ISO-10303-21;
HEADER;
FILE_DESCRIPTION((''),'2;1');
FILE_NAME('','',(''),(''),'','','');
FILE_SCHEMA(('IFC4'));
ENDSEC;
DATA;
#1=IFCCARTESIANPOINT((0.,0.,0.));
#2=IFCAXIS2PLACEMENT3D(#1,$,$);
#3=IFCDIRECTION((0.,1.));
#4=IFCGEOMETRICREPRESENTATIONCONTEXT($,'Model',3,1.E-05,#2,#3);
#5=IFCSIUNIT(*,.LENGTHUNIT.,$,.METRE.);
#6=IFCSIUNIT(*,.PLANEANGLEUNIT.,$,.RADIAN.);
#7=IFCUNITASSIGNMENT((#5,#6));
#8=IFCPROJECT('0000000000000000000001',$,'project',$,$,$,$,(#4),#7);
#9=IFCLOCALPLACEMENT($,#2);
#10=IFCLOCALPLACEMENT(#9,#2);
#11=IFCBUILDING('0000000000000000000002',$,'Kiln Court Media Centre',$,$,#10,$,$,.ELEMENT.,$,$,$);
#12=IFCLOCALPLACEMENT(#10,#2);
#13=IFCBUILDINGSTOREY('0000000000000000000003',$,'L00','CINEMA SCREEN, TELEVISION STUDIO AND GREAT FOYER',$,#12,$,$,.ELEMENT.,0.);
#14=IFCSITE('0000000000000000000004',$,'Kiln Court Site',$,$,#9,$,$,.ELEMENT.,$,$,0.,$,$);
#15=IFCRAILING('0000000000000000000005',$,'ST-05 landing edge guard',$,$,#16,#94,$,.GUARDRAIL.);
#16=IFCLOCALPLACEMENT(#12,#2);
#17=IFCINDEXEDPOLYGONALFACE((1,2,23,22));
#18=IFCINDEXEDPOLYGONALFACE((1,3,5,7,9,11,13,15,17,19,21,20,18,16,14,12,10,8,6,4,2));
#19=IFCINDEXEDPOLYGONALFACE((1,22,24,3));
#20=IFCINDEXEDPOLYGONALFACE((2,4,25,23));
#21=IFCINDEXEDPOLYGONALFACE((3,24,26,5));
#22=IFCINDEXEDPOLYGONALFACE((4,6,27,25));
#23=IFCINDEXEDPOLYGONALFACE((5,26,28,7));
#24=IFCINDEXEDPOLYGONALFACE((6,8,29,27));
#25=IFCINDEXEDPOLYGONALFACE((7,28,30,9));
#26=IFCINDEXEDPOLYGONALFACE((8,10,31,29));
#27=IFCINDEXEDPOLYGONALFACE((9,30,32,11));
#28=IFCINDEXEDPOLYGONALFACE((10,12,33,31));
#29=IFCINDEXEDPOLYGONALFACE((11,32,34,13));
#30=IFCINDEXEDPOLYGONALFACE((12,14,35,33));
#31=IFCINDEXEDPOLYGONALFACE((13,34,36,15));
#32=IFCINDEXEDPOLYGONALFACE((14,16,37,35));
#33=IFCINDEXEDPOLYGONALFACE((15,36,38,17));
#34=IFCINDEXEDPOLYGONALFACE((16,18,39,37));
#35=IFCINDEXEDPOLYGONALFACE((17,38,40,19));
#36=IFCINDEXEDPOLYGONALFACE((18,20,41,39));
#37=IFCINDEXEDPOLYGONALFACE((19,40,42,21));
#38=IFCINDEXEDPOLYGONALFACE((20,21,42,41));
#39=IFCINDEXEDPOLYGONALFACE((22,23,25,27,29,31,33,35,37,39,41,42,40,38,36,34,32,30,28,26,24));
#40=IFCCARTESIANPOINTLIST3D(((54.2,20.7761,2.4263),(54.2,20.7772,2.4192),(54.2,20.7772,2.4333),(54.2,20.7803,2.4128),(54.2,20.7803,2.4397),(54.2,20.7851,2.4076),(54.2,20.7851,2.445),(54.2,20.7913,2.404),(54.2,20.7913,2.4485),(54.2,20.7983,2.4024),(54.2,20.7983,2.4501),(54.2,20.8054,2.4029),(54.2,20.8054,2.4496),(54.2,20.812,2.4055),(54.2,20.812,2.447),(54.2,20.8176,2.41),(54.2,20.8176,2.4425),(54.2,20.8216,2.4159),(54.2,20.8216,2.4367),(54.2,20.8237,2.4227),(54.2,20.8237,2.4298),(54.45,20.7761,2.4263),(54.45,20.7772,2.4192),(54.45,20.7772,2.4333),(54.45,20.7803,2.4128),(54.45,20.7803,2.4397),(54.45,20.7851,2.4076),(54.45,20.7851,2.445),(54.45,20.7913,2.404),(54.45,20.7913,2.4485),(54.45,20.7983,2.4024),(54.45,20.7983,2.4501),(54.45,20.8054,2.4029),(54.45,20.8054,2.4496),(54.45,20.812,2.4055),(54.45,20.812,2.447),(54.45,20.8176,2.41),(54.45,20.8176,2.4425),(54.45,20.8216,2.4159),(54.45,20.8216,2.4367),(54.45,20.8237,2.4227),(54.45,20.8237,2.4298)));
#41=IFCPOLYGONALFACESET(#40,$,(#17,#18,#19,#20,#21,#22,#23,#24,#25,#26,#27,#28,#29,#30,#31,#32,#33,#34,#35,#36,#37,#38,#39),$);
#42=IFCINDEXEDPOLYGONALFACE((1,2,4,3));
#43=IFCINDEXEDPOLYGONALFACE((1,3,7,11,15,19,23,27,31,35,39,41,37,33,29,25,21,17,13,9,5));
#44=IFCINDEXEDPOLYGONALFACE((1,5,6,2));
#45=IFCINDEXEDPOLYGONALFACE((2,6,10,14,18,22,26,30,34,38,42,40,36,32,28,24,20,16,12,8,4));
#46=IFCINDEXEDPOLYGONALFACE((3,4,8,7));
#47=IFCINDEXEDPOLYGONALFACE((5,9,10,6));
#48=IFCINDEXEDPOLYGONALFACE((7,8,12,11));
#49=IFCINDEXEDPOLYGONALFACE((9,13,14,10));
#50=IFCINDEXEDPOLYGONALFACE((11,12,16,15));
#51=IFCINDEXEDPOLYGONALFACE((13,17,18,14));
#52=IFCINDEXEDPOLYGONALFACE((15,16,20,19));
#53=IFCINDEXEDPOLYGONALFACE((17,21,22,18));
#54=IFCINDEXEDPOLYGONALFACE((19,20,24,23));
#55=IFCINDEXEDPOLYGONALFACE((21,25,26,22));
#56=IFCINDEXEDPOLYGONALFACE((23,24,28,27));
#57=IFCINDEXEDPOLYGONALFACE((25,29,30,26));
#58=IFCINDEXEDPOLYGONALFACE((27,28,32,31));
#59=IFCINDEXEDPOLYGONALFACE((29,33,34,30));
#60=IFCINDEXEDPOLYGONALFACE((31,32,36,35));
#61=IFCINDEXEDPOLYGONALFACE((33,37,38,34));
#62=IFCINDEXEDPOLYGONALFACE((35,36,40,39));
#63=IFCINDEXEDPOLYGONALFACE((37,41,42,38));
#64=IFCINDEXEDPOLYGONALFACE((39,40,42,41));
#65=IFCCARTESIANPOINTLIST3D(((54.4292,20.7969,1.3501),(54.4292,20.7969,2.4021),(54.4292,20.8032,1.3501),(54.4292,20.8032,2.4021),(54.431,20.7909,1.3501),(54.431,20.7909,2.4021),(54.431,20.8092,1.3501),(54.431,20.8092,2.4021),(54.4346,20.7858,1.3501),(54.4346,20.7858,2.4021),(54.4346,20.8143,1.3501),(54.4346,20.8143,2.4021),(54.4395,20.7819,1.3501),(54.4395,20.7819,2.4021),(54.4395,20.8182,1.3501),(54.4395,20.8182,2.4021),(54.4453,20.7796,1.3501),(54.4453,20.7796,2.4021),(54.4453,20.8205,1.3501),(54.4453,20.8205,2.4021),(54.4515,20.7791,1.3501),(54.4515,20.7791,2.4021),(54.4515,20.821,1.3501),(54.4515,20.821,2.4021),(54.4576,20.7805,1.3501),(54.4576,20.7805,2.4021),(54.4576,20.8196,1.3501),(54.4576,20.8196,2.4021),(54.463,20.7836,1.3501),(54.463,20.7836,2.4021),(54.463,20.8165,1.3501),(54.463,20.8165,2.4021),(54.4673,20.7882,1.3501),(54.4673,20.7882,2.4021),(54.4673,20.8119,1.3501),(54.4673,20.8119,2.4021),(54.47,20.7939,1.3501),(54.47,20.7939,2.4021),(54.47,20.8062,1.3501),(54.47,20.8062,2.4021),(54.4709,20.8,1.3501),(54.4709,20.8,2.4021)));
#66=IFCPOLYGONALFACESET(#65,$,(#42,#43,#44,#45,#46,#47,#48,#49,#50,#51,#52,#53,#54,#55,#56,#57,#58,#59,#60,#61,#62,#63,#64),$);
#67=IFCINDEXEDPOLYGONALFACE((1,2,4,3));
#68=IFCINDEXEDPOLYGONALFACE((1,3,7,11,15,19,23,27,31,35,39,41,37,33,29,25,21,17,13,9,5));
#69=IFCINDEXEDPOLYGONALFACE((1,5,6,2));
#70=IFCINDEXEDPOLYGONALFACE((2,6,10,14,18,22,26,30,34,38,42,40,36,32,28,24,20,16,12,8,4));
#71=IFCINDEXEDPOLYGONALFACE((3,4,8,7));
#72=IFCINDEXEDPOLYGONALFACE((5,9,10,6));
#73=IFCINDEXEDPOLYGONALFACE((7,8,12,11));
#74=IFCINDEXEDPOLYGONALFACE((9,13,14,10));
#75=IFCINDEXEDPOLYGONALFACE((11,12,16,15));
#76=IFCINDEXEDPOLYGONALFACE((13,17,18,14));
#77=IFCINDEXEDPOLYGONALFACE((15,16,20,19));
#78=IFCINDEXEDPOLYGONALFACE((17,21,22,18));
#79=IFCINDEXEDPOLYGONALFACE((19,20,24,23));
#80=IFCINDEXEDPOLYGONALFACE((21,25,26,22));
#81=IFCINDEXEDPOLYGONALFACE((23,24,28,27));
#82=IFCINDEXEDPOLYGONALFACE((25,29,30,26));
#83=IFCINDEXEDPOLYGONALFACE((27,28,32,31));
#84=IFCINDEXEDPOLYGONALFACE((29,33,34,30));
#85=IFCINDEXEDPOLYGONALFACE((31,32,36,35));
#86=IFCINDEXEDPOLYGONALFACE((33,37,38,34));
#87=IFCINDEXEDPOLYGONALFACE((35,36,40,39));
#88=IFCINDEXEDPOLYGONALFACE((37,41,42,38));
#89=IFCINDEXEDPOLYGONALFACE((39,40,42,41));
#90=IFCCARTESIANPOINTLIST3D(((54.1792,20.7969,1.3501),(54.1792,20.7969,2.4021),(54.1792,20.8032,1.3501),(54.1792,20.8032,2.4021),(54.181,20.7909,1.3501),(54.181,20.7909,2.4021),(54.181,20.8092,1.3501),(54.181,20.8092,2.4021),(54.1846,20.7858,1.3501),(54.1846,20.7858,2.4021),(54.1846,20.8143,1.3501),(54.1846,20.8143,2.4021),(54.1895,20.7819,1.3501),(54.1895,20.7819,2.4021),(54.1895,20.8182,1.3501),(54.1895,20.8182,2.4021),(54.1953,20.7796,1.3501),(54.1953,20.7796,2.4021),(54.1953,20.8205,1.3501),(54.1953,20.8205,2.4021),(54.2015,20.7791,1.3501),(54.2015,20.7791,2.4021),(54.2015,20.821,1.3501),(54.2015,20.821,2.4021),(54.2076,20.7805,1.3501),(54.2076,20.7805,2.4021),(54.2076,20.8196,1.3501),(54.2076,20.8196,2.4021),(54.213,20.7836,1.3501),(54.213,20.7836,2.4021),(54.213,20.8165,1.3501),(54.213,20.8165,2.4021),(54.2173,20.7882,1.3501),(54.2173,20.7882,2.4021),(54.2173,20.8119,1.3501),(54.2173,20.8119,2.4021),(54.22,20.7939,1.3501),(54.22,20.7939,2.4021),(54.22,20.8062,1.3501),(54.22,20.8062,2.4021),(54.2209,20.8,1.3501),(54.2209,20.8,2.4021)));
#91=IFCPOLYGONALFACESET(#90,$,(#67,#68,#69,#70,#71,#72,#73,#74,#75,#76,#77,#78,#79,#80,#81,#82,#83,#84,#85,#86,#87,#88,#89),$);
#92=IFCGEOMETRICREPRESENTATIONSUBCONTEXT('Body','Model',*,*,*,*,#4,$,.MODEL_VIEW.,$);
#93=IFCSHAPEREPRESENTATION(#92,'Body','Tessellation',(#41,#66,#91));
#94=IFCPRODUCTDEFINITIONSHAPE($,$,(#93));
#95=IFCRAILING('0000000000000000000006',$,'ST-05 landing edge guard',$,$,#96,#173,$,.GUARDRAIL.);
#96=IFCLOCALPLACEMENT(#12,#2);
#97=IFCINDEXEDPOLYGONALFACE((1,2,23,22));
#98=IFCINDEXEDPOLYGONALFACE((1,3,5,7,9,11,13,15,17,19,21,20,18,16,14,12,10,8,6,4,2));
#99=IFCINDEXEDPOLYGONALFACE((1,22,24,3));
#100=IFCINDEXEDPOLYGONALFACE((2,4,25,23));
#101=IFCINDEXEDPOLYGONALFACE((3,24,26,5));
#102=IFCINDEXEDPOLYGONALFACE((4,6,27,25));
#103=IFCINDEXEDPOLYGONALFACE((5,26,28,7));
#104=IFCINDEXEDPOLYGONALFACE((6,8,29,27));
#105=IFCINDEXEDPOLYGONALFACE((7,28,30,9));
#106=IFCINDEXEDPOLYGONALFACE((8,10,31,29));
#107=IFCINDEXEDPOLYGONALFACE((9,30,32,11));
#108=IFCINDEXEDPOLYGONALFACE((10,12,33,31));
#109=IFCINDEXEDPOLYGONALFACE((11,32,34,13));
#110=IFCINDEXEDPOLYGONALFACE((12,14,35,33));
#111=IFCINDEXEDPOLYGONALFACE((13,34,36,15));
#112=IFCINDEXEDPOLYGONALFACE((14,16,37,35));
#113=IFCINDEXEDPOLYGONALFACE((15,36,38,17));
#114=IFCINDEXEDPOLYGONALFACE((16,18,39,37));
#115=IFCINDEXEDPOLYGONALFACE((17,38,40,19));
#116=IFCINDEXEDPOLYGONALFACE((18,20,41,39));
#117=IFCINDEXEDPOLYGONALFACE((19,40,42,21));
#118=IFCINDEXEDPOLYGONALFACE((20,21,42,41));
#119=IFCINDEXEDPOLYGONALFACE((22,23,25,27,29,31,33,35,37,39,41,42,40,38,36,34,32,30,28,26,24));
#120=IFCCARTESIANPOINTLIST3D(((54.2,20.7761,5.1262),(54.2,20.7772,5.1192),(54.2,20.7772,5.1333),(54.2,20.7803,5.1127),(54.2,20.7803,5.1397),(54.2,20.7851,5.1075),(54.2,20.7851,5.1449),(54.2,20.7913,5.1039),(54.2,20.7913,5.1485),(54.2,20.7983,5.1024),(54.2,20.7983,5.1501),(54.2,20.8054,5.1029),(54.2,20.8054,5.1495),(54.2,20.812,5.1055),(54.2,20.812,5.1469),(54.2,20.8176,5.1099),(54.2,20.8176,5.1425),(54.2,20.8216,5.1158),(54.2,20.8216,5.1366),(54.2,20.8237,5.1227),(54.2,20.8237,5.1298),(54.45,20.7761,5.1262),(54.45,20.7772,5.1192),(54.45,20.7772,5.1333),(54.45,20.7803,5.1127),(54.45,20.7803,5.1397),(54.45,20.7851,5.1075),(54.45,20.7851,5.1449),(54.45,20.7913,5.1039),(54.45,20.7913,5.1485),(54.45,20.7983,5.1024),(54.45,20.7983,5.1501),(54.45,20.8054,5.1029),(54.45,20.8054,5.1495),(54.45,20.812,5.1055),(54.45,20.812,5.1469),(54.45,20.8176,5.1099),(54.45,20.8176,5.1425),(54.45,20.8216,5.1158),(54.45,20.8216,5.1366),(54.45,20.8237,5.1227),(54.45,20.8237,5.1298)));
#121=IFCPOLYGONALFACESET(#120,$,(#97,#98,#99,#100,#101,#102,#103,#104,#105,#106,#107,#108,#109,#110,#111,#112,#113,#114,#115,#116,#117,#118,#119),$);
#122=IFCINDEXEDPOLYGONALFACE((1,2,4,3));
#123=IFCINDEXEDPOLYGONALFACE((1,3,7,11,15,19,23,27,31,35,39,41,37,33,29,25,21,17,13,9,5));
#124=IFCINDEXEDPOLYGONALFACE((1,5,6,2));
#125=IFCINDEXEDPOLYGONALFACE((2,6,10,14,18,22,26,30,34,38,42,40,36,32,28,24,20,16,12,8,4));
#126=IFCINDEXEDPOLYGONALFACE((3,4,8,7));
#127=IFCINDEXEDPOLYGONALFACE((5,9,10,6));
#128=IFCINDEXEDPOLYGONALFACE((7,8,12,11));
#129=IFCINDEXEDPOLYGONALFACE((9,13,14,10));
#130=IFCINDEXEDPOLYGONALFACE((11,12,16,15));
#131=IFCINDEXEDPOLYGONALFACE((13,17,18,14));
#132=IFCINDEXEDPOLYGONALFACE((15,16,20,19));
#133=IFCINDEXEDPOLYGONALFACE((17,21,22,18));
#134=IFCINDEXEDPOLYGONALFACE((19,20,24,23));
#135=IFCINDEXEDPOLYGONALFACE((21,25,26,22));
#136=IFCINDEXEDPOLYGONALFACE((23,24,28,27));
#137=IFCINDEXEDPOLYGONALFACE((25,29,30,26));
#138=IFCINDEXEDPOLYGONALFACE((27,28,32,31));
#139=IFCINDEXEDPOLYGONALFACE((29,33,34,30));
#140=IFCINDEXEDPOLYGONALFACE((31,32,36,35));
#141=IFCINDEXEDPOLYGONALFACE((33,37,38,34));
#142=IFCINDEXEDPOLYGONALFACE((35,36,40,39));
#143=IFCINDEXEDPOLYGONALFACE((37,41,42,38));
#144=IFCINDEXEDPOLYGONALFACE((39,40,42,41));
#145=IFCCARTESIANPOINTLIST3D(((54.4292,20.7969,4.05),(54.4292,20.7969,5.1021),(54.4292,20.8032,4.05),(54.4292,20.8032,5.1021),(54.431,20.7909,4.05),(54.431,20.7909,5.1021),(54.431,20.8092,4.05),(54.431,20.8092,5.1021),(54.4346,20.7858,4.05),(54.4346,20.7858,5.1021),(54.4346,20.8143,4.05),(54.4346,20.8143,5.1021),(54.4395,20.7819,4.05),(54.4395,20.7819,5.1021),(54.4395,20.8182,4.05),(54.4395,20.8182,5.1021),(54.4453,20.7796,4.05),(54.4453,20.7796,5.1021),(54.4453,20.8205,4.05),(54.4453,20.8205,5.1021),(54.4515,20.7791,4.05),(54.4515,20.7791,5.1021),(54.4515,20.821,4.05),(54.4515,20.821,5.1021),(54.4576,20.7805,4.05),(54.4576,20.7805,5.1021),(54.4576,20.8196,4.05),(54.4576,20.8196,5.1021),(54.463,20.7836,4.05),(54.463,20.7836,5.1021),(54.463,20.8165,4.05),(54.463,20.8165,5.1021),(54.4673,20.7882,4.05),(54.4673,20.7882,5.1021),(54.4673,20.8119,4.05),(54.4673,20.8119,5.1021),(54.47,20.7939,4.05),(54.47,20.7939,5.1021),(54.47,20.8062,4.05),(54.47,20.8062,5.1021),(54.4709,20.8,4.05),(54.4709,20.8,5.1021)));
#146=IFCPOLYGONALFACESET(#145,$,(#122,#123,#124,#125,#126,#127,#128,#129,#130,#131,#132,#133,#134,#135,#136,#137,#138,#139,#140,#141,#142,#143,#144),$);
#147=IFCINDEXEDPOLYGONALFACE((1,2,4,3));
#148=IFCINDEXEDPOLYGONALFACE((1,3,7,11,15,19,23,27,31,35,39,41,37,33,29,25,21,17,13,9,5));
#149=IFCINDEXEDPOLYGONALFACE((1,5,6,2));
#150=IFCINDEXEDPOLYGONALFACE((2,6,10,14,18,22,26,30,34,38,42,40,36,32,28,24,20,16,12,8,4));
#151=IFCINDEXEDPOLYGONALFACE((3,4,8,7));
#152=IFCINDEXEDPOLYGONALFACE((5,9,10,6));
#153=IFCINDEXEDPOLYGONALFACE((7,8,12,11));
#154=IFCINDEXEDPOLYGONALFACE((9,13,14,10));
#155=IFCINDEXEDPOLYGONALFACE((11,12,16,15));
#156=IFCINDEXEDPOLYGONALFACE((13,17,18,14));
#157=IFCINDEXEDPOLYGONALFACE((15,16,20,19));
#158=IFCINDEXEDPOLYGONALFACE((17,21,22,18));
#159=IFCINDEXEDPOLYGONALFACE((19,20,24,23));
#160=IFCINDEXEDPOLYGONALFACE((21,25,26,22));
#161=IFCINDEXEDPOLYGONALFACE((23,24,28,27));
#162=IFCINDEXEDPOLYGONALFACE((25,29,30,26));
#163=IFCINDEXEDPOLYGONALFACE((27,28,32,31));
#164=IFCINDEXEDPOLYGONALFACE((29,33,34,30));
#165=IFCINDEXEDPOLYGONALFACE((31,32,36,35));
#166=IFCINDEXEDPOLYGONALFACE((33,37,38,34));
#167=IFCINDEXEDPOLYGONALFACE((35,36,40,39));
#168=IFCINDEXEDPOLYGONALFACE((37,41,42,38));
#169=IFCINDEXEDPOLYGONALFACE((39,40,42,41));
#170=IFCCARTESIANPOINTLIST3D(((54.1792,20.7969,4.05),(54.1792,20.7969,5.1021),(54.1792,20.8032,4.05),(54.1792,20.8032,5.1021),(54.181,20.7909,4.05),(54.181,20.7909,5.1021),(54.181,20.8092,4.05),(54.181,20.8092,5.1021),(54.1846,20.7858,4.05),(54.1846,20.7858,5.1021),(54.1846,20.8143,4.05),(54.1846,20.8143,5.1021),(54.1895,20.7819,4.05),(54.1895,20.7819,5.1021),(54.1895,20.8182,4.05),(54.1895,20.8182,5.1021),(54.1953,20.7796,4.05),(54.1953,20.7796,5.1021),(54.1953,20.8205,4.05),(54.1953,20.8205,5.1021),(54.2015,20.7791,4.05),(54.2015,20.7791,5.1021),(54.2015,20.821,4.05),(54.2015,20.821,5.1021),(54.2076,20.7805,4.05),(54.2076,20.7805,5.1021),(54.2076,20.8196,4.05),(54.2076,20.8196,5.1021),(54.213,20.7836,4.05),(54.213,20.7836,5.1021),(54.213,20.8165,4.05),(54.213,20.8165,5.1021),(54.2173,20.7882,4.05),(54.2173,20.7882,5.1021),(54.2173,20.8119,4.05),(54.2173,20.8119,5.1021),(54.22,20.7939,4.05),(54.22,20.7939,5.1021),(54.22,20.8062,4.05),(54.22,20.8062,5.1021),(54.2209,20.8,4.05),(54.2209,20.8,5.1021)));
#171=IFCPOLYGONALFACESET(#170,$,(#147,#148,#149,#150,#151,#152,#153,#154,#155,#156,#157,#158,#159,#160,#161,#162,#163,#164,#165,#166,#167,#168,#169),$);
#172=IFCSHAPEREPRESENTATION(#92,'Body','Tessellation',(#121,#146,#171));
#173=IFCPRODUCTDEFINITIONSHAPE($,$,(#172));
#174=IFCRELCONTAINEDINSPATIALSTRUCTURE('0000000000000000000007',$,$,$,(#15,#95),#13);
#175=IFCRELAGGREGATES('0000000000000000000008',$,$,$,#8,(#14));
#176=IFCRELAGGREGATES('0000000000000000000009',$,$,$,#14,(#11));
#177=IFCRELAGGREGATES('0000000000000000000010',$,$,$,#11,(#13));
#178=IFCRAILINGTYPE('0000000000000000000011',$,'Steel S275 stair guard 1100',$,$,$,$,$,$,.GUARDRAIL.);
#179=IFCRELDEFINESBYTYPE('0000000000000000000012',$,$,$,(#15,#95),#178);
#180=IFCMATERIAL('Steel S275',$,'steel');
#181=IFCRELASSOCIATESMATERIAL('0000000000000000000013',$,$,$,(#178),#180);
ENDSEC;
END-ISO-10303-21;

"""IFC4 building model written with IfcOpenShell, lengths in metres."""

from ifc_helpers import new_model, si_unit, direction, frame, origin, origin_2d, place, context, subcontext, project, spatial, circle, extrude, material, type_object, element, save


model = new_model("IFC4")

# Units and contexts
model_context = context("Model", 3, precision=1e-05, world=origin(), true_north=direction((0.0, 1.0)))
body_context = subcontext(model_context, "Body", "Model", "MODEL_VIEW")
ifc_project = project(units=[si_unit("LENGTHUNIT", "METRE"), si_unit("PLANEANGLEUNIT", "RADIAN")], contexts=[model_context])

# Site, building, storey
site_placement = place(None, origin())
site = spatial("IfcSite", under=ifc_project, at=site_placement, Name="Kiln Court Site", CompositionType="ELEMENT", RefElevation=0.0)
building_placement = place(site_placement, origin())
building = spatial("IfcBuilding", under=site, at=building_placement, Name="Kiln Court Media Centre", CompositionType="ELEMENT")
storey_placement = place(building_placement, origin())
storey = spatial("IfcBuildingStorey", under=building, at=storey_placement, Name="L00", Description="CINEMA SCREEN, TELEVISION STUDIO AND GREAT FOYER", CompositionType="ELEMENT", Elevation=0.0)

# Railings
ifc_material_1 = material(Name="Steel S275", Category="steel")
railing_type_1 = type_object("IfcRailingType", Name="Steel S275 stair guard 1100", PredefinedType="GUARDRAIL", material=ifc_material_1)
for number, where, name in (
    (1, (54.45, 20.8, 1.3501), "ST-05 landing edge guard"),
    (2, (54.45, 20.8, 4.05), "ST-05 landing edge guard"),
):
    element("IfcRailing", number, at=place(storey_placement, frame(where)), inside=storey, type_object=railing_type_1, Name=name, PredefinedType="GUARDRAIL", context=body_context, shape_type="SweptSolid", body=[
        extrude(circle(Radius=0.0239, at=origin_2d()), frame((0.0, 0.0, 1.0762), z_axis=(-1.0, 0.0, 0.0), x_axis=(0.0, -1.0, 0.0)), (0.0, 0.0, 1.0), 0.25),
        extrude(circle(Radius=0.021, at=origin_2d()), origin(), (0.0, 0.0, 1.0), 1.052),
        extrude(circle(Radius=0.021, at=origin_2d()), frame((-0.25, 0.0, 0.0)), (0.0, 0.0, 1.0), 1.052),
    ])

save(model, "model.ifc")
